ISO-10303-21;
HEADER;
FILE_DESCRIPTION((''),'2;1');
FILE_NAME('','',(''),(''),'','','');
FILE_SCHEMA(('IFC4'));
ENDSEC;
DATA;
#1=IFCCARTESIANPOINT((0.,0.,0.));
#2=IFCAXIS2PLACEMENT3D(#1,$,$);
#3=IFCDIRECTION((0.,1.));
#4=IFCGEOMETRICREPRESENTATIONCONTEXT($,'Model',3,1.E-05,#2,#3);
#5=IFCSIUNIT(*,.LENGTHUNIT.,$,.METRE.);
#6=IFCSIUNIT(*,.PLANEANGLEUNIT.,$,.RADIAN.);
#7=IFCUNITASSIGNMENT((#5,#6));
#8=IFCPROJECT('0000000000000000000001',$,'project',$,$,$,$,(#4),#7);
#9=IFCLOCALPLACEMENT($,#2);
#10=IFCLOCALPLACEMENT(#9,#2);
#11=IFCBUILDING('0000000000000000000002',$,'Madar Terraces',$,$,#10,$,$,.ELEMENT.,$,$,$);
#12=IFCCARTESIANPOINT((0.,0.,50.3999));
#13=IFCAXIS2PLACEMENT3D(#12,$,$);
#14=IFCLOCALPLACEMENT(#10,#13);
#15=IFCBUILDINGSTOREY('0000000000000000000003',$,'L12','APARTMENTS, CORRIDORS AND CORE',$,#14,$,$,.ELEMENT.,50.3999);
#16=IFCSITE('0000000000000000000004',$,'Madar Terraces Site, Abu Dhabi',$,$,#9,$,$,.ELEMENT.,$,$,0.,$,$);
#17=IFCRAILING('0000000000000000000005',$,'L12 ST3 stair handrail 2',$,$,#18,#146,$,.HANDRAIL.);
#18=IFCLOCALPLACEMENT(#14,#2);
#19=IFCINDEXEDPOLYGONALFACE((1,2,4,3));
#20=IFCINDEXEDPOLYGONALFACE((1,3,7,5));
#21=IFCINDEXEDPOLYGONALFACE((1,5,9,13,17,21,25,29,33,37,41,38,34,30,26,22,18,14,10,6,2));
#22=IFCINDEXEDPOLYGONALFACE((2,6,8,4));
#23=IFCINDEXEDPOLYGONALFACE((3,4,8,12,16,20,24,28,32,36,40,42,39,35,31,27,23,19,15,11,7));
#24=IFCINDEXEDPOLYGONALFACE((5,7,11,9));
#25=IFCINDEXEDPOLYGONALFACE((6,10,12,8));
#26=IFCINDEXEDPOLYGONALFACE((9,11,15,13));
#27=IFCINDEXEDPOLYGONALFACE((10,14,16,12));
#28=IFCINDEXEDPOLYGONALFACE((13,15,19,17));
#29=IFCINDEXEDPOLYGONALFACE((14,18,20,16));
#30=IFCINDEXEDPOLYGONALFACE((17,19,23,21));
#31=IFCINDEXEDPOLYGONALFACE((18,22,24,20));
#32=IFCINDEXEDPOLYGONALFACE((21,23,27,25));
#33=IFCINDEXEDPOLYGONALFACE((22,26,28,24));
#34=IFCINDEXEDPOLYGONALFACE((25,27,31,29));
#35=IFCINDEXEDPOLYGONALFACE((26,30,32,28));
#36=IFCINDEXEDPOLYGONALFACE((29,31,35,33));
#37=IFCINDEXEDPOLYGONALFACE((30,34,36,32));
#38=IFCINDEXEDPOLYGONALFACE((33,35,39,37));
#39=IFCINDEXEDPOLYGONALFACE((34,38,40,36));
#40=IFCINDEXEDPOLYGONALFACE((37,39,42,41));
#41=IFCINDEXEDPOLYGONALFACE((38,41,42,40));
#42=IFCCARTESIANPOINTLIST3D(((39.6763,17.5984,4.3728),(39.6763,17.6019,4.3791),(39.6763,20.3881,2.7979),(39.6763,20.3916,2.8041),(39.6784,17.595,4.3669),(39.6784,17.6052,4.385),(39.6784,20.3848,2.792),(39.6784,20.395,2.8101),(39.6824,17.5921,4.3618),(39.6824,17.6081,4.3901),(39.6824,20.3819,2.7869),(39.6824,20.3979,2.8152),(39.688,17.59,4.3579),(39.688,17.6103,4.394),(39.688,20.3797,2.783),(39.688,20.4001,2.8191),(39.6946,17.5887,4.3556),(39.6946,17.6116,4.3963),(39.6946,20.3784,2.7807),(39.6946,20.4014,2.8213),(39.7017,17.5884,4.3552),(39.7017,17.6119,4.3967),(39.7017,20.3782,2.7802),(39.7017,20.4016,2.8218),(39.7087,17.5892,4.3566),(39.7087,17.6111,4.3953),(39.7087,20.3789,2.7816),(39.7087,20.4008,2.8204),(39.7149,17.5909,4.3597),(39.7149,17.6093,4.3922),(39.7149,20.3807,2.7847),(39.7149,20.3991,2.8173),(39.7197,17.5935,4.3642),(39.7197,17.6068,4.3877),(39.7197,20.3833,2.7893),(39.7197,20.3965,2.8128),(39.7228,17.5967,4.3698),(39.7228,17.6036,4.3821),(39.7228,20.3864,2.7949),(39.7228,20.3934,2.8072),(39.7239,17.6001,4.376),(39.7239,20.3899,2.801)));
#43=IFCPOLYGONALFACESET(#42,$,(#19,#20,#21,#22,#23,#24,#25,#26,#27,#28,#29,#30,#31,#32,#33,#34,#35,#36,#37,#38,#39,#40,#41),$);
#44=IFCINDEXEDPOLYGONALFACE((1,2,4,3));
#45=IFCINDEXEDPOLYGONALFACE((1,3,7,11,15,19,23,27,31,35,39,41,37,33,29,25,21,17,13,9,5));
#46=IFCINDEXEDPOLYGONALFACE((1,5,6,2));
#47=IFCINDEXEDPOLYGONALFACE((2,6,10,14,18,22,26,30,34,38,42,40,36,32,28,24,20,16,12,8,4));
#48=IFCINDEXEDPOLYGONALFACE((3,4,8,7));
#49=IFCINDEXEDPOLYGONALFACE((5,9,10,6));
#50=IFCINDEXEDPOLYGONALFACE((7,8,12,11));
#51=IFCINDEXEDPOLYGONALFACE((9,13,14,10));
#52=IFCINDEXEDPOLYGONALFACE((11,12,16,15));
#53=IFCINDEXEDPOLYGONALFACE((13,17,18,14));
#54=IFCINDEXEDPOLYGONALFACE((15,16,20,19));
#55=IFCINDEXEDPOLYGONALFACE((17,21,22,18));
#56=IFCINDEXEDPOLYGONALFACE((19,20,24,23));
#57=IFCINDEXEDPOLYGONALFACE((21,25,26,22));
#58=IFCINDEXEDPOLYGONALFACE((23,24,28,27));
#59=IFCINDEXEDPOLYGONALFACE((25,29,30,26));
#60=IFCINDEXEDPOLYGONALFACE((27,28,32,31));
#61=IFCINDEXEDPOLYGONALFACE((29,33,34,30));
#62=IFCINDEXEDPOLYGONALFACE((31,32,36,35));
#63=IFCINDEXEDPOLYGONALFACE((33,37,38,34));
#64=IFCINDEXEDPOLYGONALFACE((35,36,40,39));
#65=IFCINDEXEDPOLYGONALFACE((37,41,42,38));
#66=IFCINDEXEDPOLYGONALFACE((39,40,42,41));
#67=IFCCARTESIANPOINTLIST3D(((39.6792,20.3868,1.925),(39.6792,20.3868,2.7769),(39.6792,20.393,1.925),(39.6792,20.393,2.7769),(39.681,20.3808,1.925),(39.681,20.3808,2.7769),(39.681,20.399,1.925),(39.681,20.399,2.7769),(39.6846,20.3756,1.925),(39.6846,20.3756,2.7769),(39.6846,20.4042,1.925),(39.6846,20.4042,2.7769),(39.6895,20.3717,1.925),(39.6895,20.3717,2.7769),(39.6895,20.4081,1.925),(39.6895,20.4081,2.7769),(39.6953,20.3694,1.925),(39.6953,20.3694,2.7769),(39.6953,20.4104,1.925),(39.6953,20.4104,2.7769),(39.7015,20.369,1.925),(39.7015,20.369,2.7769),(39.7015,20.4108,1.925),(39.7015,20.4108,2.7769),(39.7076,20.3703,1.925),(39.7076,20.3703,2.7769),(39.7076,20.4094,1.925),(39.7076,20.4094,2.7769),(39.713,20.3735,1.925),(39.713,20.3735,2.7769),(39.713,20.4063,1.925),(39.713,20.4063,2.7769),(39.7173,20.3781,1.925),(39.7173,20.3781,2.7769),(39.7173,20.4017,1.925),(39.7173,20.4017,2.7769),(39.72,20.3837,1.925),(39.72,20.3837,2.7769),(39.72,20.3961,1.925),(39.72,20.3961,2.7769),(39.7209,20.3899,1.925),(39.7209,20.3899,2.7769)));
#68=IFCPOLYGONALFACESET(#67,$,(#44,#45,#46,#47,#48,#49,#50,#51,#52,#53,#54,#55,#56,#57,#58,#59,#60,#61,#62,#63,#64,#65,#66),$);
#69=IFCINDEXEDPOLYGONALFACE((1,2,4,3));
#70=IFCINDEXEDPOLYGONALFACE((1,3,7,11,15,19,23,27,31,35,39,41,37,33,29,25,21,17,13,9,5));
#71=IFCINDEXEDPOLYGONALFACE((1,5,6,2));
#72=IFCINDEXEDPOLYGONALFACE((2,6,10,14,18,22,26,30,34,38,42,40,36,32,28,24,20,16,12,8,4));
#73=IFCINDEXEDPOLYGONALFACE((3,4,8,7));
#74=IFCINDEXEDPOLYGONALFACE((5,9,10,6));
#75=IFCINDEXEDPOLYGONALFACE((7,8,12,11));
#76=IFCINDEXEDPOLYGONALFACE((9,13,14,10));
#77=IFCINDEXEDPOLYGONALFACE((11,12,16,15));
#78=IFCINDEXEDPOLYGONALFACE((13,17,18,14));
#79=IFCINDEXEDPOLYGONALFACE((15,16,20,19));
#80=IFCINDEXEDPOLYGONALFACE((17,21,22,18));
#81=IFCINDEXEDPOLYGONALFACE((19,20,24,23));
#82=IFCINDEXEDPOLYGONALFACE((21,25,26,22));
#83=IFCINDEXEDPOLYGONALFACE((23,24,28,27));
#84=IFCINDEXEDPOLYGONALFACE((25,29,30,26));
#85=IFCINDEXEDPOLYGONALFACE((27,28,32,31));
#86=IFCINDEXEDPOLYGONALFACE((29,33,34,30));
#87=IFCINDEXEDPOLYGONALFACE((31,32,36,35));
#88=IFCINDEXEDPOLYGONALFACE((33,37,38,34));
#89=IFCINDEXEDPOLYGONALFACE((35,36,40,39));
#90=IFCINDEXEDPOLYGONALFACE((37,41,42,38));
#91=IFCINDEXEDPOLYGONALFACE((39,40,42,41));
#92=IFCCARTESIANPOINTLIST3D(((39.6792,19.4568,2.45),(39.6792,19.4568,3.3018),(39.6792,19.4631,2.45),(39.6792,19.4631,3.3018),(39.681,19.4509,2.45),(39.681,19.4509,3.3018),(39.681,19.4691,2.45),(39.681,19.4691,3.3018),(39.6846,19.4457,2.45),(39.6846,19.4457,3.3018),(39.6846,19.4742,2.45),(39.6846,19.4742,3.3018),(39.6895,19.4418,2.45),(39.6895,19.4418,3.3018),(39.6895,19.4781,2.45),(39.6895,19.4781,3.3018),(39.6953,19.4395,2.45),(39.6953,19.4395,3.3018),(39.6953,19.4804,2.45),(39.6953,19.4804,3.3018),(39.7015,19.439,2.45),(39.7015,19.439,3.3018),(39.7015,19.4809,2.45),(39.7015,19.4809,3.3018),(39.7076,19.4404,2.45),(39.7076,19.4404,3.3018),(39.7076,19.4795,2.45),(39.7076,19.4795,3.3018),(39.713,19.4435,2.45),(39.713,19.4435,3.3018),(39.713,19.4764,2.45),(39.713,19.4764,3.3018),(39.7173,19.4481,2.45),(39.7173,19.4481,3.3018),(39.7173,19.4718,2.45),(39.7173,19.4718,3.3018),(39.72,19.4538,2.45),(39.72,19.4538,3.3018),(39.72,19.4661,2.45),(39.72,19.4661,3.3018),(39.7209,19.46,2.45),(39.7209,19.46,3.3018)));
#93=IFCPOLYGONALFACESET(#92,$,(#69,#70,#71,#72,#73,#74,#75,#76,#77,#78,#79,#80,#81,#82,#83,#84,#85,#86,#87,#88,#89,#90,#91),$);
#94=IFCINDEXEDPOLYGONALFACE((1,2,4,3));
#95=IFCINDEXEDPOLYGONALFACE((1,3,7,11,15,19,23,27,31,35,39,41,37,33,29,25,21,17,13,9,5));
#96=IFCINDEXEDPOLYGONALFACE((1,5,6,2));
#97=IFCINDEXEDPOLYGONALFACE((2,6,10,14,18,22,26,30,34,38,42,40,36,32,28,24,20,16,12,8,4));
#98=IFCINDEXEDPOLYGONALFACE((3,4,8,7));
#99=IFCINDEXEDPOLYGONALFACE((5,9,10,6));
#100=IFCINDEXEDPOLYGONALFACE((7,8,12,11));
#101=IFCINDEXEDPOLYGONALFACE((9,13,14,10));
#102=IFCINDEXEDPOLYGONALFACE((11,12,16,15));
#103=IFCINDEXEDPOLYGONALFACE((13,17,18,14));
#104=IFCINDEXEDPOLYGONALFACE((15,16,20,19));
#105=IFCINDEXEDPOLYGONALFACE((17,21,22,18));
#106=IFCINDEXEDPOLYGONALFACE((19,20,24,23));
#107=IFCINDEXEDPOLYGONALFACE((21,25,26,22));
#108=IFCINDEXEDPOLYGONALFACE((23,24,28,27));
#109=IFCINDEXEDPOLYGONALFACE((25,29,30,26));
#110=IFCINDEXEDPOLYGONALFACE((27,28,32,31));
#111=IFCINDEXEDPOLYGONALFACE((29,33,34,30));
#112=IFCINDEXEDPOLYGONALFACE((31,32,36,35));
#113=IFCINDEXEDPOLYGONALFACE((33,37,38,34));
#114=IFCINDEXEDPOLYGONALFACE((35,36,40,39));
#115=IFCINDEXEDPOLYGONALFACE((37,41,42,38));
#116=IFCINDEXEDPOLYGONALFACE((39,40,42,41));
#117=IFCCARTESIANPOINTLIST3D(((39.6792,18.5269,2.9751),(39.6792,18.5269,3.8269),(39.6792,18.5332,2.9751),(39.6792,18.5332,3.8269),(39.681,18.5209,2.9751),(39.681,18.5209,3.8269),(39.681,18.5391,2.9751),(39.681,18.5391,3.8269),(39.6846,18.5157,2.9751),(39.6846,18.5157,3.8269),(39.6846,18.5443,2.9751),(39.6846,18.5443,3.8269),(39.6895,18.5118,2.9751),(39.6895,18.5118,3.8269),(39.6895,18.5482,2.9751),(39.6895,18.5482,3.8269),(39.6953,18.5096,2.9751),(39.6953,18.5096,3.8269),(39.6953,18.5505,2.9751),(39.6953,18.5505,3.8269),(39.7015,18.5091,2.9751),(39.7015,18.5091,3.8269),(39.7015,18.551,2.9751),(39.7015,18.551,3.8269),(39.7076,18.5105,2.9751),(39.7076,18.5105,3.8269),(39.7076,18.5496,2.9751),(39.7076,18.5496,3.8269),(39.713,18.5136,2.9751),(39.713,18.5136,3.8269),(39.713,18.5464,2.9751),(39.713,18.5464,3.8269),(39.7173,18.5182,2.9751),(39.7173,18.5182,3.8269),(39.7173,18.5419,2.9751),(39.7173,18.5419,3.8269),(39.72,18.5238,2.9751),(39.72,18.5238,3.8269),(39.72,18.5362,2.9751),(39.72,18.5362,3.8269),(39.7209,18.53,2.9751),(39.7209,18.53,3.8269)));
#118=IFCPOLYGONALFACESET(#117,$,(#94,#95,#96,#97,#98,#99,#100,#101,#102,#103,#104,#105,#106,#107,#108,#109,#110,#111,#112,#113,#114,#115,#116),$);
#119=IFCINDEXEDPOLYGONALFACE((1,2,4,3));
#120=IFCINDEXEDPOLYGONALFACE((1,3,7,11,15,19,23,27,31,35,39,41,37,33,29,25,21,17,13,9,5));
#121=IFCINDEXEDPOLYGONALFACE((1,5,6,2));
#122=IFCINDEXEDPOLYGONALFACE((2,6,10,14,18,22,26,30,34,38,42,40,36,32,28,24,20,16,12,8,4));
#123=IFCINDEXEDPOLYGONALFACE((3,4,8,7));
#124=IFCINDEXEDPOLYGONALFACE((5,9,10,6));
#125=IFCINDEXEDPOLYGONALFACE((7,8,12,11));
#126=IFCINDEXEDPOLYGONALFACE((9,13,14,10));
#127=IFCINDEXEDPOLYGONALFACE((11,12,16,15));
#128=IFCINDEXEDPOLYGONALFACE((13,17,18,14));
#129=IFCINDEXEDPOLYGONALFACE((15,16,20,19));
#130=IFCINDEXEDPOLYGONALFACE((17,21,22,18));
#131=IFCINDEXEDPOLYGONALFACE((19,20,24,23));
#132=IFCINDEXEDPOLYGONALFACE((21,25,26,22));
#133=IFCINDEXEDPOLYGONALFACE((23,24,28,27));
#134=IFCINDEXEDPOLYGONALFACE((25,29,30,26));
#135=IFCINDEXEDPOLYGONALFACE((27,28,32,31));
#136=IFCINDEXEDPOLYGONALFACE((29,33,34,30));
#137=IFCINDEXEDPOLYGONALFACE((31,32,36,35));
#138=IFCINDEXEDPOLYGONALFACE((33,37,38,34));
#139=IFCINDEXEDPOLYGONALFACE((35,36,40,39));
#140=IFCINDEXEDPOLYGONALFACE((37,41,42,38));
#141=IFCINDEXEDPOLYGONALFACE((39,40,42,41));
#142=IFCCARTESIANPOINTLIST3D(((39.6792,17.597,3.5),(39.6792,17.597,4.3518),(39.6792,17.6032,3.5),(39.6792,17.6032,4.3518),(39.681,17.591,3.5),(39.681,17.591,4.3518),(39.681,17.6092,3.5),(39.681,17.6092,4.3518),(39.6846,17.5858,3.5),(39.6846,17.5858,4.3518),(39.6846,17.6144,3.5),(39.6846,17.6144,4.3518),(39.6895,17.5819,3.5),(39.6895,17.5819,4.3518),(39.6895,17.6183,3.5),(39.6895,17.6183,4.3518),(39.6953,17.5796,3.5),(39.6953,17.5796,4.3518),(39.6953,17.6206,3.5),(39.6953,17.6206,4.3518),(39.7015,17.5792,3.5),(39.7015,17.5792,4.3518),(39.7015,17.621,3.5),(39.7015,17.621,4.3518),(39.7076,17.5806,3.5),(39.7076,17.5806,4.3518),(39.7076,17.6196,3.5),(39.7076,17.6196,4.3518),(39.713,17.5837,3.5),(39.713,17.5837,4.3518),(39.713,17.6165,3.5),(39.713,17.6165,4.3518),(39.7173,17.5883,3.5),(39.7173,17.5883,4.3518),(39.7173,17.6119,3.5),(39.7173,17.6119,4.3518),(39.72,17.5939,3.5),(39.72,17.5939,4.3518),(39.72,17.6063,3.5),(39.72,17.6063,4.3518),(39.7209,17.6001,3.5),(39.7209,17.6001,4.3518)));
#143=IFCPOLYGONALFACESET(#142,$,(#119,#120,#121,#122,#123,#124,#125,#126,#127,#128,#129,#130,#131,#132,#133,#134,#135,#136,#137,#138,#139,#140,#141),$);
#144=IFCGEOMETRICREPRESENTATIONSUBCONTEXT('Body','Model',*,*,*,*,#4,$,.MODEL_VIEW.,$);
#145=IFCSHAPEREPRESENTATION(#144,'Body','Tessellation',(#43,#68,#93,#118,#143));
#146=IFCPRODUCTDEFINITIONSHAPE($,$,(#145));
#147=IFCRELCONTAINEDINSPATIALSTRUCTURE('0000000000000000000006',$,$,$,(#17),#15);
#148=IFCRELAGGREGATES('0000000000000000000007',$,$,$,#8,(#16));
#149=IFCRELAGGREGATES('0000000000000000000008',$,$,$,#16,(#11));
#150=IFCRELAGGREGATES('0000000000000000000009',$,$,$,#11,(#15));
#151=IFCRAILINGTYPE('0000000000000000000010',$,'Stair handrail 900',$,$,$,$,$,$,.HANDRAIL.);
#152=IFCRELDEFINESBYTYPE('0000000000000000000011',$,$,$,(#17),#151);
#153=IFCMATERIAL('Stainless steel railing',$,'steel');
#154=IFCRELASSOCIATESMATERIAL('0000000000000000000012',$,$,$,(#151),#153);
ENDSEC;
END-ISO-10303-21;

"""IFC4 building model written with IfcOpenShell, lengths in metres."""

from ifc_helpers import new_model, si_unit, direction, frame, origin, origin_2d, place, context, subcontext, project, spatial, circle, extrude, material, type_object, element, save


model = new_model("IFC4")

# Units and contexts
model_context = context("Model", 3, precision=1e-05, world=origin(), true_north=direction((0.0, 1.0)))
body_context = subcontext(model_context, "Body", "Model", "MODEL_VIEW")
ifc_project = project(units=[si_unit("LENGTHUNIT", "METRE"), si_unit("PLANEANGLEUNIT", "RADIAN")], contexts=[model_context])

# Site, building, storey
site_placement = place(None, origin())
site = spatial("IfcSite", under=ifc_project, at=site_placement, Name="Madar Terraces Site, Abu Dhabi", CompositionType="ELEMENT", RefElevation=0.0)
building_placement = place(site_placement, origin())
building = spatial("IfcBuilding", under=site, at=building_placement, Name="Madar Terraces", CompositionType="ELEMENT")
storey_placement = place(building_placement, frame((0.0, 0.0, 50.3999)))
storey = spatial("IfcBuildingStorey", under=building, at=storey_placement, Name="L12", Description="APARTMENTS, CORRIDORS AND CORE", CompositionType="ELEMENT", Elevation=50.3999)

# Railing
ifc_material_1 = material(Name="Stainless steel railing", Category="steel")
railing_type_1 = type_object("IfcRailingType", Name="Stair handrail 900", PredefinedType="HANDRAIL", material=ifc_material_1)
railing_1_placement = place(storey_placement, frame((39.7, 20.3899, 1.925)))
element("IfcRailing", 1, at=railing_1_placement, inside=storey, type_object=railing_type_1, Name="L12 ST3 stair handrail 2", PredefinedType="HANDRAIL", context=body_context, shape_type="SweptSolid", body=[
    extrude(circle(Radius=0.0239, at=origin_2d()), frame((0.0, 0.0, 0.876), z_axis=(0.0, -0.870815, 0.49161), x_axis=(1.0, 0.0, 0.0)), (0.0, 0.0, 1.0), 3.2036),
    extrude(circle(Radius=0.021, at=origin_2d()), origin(), (0.0, 0.0, 1.0), 0.8518),
    extrude(circle(Radius=0.021, at=origin_2d()), frame((0.0, -0.9299, 0.5249)), (0.0, 0.0, 1.0), 0.8518),
    extrude(circle(Radius=0.021, at=origin_2d()), frame((0.0, -1.8599, 1.05)), (0.0, 0.0, 1.0), 0.8518),
    extrude(circle(Radius=0.021, at=origin_2d()), frame((0.0, -2.7898, 1.575)), (0.0, 0.0, 1.0), 0.8518),
])

save(model, "model.ifc")
